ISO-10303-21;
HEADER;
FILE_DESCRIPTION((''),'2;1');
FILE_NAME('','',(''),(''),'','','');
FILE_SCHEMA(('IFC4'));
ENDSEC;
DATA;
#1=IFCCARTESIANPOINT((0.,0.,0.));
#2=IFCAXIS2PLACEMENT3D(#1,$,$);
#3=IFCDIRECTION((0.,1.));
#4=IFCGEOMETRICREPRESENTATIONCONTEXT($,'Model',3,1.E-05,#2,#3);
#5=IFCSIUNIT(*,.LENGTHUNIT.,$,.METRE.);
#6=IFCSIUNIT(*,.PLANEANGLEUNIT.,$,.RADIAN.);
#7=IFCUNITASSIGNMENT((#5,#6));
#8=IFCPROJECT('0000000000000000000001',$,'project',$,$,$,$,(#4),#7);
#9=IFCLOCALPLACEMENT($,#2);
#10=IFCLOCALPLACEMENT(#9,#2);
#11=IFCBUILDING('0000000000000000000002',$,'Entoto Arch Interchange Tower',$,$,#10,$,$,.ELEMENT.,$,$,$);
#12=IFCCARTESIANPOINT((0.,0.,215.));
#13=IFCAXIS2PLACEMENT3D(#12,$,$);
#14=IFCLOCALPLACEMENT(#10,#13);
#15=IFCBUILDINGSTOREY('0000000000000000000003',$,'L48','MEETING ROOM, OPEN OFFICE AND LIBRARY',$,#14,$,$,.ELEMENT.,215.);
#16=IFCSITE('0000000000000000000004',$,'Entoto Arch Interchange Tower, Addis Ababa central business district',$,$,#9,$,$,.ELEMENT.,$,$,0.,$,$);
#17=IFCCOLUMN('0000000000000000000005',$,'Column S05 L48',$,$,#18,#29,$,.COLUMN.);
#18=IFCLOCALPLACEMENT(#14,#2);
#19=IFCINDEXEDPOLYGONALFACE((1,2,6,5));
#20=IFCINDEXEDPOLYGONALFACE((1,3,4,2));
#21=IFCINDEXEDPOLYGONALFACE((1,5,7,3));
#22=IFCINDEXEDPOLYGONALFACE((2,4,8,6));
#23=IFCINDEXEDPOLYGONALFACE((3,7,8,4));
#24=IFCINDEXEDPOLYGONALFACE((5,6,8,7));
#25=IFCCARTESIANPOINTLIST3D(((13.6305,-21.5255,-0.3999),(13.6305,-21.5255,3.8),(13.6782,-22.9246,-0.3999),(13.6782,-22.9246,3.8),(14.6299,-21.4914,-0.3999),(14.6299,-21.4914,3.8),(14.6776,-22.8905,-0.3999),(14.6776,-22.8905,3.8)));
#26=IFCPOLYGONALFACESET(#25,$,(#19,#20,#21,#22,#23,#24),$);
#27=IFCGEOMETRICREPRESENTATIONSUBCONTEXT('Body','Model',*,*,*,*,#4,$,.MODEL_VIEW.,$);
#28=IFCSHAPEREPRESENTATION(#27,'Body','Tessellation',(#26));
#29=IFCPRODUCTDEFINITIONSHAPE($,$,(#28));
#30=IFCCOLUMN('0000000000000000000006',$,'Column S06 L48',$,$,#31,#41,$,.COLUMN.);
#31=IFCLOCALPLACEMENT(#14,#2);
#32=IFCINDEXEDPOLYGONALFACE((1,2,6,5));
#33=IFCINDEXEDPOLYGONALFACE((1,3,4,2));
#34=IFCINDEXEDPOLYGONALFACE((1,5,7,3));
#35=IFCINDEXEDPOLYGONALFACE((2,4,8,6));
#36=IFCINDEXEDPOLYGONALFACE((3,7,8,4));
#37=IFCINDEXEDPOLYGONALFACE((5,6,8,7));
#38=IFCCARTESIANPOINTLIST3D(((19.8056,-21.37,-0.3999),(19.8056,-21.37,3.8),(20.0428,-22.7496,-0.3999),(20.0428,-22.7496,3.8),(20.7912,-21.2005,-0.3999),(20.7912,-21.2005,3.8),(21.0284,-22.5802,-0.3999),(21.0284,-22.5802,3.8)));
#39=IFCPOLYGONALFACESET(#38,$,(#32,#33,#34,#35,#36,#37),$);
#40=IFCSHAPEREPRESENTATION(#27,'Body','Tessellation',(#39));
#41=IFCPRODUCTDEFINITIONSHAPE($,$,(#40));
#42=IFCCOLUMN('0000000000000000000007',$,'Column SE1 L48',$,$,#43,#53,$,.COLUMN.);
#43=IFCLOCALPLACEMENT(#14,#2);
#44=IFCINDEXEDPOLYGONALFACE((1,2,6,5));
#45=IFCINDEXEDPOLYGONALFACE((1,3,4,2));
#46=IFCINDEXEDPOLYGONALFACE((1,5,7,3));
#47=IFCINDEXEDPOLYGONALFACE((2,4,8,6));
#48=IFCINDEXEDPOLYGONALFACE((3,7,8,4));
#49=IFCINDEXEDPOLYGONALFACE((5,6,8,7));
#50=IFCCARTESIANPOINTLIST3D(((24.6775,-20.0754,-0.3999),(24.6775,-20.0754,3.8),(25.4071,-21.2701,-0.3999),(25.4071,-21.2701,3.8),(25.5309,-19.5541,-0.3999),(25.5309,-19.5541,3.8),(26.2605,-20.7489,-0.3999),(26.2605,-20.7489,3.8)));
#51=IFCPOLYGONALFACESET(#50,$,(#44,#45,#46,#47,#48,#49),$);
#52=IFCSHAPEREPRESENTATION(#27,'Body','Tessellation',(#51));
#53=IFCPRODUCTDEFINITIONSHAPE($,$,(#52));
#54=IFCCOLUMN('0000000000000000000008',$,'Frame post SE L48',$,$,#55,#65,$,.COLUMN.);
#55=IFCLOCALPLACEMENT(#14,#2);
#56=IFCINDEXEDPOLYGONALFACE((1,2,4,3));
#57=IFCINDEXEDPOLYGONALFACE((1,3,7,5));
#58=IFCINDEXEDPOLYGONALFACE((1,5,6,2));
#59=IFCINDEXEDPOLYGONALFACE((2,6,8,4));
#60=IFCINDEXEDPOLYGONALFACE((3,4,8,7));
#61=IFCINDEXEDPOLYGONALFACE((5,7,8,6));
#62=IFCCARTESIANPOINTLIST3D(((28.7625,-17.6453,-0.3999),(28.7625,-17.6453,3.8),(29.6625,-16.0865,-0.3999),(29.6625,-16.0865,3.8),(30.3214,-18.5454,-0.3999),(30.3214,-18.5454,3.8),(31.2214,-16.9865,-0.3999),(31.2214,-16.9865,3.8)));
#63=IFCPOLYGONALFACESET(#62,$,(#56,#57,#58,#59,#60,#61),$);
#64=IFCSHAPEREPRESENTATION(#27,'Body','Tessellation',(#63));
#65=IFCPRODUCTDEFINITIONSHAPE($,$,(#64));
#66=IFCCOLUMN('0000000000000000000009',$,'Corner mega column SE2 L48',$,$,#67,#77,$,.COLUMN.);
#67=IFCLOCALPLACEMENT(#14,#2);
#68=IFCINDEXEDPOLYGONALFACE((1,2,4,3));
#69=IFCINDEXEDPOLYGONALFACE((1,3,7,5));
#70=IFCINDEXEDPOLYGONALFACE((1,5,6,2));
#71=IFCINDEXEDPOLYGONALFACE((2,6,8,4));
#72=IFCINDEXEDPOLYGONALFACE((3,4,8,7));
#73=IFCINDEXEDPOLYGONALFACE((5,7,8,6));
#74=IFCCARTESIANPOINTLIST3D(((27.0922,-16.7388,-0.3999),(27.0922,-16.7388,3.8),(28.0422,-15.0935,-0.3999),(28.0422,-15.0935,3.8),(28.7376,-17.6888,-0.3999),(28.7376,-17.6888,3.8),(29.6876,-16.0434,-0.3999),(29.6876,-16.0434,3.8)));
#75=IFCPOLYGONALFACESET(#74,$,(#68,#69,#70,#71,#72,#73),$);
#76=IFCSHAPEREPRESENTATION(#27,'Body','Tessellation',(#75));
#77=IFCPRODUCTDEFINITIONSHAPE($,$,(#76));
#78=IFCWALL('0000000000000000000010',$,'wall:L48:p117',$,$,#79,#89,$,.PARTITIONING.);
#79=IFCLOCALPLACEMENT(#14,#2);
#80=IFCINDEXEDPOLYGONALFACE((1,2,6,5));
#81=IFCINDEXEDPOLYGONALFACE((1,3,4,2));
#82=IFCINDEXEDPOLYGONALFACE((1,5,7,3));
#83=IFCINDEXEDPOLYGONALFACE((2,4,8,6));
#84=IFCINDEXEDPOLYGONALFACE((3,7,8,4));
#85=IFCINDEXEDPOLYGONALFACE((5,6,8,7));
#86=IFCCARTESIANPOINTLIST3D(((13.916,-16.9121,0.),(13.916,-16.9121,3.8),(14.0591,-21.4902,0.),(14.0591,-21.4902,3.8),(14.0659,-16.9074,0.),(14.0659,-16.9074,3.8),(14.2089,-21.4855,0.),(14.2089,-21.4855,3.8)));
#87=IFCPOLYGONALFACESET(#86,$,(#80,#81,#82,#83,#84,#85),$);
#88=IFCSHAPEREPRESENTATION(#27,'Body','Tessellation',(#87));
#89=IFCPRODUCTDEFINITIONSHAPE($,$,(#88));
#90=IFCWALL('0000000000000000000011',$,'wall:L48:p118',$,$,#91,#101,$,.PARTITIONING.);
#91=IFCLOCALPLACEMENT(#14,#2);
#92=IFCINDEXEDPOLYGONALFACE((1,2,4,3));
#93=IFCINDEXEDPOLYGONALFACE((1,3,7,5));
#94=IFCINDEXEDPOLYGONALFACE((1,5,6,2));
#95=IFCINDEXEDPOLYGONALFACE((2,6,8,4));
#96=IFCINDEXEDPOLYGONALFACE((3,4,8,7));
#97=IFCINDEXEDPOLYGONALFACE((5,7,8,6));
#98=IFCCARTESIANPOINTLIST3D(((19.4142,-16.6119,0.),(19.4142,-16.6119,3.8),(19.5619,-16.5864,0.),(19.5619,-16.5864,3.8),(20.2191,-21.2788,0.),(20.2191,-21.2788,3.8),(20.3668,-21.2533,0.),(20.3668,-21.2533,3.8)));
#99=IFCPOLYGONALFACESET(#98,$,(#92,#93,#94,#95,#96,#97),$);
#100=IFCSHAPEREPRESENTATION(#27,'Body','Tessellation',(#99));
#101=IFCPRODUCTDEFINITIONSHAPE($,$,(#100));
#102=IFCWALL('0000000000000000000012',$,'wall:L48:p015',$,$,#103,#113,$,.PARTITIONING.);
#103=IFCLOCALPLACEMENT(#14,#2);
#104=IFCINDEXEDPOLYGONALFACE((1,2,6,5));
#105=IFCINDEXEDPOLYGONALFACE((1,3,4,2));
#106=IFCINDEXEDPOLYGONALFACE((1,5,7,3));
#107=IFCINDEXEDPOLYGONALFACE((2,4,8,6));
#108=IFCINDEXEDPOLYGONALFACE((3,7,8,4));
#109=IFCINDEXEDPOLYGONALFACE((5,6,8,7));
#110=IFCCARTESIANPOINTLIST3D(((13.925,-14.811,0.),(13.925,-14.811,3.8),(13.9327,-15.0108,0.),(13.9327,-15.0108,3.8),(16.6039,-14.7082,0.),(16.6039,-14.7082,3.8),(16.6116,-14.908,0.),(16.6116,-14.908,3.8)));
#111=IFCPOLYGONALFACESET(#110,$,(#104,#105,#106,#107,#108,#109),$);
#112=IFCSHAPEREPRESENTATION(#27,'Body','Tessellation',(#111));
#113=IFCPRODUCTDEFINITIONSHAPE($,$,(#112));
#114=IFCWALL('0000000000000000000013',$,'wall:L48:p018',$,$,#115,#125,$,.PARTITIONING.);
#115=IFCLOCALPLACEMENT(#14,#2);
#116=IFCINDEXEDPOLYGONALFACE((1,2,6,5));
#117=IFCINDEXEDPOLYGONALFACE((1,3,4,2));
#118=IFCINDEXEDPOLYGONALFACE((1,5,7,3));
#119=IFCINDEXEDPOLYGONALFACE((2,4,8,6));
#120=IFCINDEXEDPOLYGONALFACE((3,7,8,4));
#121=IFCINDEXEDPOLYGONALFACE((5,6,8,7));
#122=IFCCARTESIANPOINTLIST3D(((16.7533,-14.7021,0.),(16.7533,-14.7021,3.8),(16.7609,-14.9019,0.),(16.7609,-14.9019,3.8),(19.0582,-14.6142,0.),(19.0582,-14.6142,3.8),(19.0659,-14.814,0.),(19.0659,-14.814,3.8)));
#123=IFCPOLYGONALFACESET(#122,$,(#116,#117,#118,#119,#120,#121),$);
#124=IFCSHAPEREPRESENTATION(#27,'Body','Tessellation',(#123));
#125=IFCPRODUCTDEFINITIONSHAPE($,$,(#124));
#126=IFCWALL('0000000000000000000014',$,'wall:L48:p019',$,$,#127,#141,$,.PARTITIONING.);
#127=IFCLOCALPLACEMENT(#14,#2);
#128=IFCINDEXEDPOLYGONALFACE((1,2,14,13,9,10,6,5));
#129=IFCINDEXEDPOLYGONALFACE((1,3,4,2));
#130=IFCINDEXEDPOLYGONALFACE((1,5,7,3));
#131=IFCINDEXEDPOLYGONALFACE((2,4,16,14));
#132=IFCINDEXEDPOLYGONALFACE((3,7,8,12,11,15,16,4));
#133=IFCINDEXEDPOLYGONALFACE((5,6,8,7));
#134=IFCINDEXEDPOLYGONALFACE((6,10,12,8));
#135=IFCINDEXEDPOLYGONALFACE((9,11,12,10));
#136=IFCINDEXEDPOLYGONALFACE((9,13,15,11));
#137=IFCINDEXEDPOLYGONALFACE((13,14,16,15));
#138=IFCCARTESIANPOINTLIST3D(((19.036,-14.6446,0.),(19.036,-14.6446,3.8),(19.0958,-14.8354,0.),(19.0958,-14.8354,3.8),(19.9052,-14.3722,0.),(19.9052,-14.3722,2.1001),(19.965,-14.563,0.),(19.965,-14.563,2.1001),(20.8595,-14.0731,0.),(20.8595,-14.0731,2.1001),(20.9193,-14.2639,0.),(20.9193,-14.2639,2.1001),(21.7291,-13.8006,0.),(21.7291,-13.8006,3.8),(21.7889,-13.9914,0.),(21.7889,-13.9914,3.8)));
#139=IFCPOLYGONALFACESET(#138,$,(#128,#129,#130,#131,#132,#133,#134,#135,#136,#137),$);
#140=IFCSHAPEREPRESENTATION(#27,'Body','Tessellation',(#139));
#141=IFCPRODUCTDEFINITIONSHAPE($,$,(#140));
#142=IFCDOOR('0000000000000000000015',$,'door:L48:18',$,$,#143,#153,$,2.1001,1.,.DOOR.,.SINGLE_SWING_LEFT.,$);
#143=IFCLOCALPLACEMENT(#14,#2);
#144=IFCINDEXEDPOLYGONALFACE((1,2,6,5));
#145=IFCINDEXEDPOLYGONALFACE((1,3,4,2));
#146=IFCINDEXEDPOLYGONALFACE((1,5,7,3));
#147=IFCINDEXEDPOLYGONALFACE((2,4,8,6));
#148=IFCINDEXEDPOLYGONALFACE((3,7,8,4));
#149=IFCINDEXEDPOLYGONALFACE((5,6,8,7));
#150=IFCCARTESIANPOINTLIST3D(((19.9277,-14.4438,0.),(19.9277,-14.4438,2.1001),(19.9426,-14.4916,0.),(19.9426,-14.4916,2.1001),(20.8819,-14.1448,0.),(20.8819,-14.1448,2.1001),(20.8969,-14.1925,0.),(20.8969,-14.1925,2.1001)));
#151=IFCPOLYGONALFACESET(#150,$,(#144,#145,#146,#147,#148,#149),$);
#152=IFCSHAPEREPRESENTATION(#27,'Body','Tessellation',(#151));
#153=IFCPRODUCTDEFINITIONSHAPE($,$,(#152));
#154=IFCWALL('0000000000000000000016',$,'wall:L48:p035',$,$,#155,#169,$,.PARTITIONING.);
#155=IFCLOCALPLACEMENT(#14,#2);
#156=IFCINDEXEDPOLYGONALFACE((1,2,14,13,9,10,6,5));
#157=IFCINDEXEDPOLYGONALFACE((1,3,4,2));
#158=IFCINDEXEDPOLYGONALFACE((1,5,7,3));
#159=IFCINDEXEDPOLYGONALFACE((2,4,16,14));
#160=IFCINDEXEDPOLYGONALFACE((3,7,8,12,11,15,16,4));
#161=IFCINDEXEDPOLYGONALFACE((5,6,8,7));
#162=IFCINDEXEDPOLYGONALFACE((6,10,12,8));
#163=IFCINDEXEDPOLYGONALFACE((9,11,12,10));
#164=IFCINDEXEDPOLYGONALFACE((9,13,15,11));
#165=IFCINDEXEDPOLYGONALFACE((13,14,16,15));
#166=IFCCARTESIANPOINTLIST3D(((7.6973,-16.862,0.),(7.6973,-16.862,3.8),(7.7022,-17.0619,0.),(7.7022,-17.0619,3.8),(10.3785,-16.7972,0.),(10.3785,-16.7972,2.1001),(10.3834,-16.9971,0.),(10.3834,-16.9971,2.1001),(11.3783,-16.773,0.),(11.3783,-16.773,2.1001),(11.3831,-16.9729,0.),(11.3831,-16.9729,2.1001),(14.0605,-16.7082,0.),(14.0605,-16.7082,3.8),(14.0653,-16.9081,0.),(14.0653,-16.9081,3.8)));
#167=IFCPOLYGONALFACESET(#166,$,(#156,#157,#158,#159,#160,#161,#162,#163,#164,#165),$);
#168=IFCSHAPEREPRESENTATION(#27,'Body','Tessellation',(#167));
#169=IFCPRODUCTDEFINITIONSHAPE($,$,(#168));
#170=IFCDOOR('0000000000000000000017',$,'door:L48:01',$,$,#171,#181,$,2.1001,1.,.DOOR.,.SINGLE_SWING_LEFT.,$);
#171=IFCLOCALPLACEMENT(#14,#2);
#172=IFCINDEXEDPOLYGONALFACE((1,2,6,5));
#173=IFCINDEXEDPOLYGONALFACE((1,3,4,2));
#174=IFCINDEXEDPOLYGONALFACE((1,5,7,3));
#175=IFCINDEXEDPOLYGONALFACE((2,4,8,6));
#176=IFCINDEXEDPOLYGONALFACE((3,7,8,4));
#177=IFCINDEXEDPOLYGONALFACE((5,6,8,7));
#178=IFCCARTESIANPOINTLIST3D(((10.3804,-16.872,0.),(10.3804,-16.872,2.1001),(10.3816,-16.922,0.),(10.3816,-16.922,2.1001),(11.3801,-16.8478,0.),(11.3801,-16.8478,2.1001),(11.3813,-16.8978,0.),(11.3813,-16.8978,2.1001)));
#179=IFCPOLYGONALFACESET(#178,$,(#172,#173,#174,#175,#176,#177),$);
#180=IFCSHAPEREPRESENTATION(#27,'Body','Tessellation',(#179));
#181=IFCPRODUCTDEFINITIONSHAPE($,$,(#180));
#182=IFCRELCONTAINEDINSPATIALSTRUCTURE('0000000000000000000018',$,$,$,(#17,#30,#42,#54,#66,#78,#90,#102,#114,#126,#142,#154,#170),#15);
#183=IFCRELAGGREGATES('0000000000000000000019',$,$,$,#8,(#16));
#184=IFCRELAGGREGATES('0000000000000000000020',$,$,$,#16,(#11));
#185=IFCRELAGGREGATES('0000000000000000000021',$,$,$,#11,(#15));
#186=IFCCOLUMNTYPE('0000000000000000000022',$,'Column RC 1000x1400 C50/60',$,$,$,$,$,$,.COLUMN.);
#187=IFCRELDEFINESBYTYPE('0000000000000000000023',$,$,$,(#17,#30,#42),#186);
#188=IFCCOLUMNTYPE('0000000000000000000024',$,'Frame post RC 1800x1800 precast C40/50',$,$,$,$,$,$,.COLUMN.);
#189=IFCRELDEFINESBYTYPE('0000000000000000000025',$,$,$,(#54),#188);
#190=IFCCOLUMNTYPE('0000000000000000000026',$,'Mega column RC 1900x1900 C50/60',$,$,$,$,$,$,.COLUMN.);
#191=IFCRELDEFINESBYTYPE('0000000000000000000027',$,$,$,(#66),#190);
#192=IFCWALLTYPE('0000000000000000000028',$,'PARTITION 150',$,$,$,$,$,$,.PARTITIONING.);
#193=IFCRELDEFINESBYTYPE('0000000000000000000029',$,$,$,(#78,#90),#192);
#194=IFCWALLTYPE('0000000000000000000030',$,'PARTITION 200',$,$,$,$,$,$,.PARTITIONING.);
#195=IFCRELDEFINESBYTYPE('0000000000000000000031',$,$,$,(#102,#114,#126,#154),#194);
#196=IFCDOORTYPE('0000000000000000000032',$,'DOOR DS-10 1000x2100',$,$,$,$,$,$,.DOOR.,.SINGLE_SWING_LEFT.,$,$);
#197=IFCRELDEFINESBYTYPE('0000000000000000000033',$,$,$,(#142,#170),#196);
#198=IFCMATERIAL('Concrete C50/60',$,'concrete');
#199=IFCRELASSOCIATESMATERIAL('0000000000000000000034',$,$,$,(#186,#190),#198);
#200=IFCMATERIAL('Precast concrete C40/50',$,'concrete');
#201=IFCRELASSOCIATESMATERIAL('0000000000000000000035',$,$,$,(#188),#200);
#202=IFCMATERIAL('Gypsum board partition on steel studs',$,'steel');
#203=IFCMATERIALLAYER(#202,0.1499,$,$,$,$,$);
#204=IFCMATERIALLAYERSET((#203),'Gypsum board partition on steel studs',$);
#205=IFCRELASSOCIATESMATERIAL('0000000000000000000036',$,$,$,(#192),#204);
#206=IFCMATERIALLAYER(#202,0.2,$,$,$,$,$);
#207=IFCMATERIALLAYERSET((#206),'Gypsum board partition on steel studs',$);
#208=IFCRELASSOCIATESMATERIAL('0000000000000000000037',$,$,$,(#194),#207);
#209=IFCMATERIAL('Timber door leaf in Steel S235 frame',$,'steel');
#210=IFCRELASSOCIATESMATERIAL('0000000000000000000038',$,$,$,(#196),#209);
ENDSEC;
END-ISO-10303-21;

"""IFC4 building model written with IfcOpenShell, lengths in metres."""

from ifc_helpers import new_model, si_unit, direction, frame, frame_2d, origin, origin_2d, place, context, subcontext, project, spatial, rectangle, extrude, material, layer, layer_set, material_profile, profile_set, type_object, element, fill, save


model = new_model("IFC4")

# Units and contexts
model_context = context("Model", 3, precision=1e-05, world=origin(), true_north=direction((0.0, 1.0)))
body_context = subcontext(model_context, "Body", "Model", "MODEL_VIEW")
ifc_project = project(units=[si_unit("LENGTHUNIT", "METRE"), si_unit("PLANEANGLEUNIT", "RADIAN")], contexts=[model_context])

# Site, building, storey
site_placement = place(None, origin())
site = spatial("IfcSite", under=ifc_project, at=site_placement, Name="Entoto Arch Interchange Tower, Addis Ababa central business district", CompositionType="ELEMENT", RefElevation=0.0)
building_placement = place(site_placement, origin())
building = spatial("IfcBuilding", under=site, at=building_placement, Name="Entoto Arch Interchange Tower", CompositionType="ELEMENT")
storey_placement = place(building_placement, frame((0.0, 0.0, 215.0)))
storey = spatial("IfcBuildingStorey", under=building, at=storey_placement, Name="L48", Description="MEETING ROOM, OPEN OFFICE AND LIBRARY", CompositionType="ELEMENT", Elevation=215.0)

# Columns
ifc_material_1 = material(Name="Concrete C50/60", Category="concrete")
ifc_material_profile_1 = material_profile(ifc_material_1, rectangle(XDim=1.0, YDim=1.3999, at=origin_2d()))
ifc_profile_set_1 = profile_set([ifc_material_profile_1], Name="Concrete C50/60")
column_type_1 = type_object("IfcColumnType", Name="Column RC 1000x1400 C50/60", PredefinedType="COLUMN", material=ifc_profile_set_1)
for number, where, z_axis, x_axis, name in (
    (1, (14.1541, -22.208, -0.3999), (0.0, 0.0, 1.0), (0.999421, 0.034027, 0.0), "Column S05 L48"),
    (2, (20.417, -21.9751, -0.3999), (0.0, 0.0, 1.0), (0.985541, 0.169436, 0.0), "Column S06 L48"),
    (3, (25.469, -20.4121, -0.3999), (0.0, 0.0, 1.0), (0.853423, 0.521218, 0.0), "Column SE1 L48"),
):
    element("IfcColumn", number, at=place(storey_placement, frame(where, z_axis=z_axis, x_axis=x_axis)), inside=storey, type_object=column_type_1, Name=name, PredefinedType="COLUMN", context=body_context, shape_type="SweptSolid", body=[
        extrude(rectangle(XDim=1.0, YDim=1.3999, at=origin_2d()), origin(), (0.0, 0.0, 1.0), 4.2),
    ])
ifc_material_2 = material(Name="Precast concrete C40/50", Category="concrete")
ifc_material_profile_2 = material_profile(ifc_material_2, rectangle(XDim=1.8, YDim=1.8, at=origin_2d()))
ifc_profile_set_2 = profile_set([ifc_material_profile_2], Name="Precast concrete C40/50")
column_type_2 = type_object("IfcColumnType", Name="Frame post RC 1800x1800 precast C40/50", PredefinedType="COLUMN", material=ifc_profile_set_2)
column_1_placement = place(storey_placement, frame((29.9919, -17.3159, -0.3999), z_axis=(0.0, 0.0, 1.0), x_axis=(-0.866025, 0.5, 0.0)))
element("IfcColumn", 4, at=column_1_placement, inside=storey, type_object=column_type_2, Name="Frame post SE L48", PredefinedType="COLUMN", context=body_context, shape_type="SweptSolid", body=[
    extrude(rectangle(XDim=1.8, YDim=1.8, at=origin_2d()), origin(), (0.0, 0.0, 1.0), 4.2),
])
ifc_material_profile_3 = material_profile(ifc_material_1, rectangle(XDim=1.8999, YDim=1.8999, at=origin_2d()))
ifc_profile_set_3 = profile_set([ifc_material_profile_3], Name="Concrete C50/60")
column_type_3 = type_object("IfcColumnType", Name="Mega column RC 1900x1900 C50/60", PredefinedType="COLUMN", material=ifc_profile_set_3)
column_2_placement = place(storey_placement, frame((28.3899, -16.3911, -0.3999), z_axis=(0.0, 0.0, 1.0), x_axis=(-0.866025, 0.5, 0.0)))
element("IfcColumn", 5, at=column_2_placement, inside=storey, type_object=column_type_3, Name="Corner mega column SE2 L48", PredefinedType="COLUMN", context=body_context, shape_type="SweptSolid", body=[
    extrude(rectangle(XDim=1.8999, YDim=1.8999, at=origin_2d()), origin(), (0.0, 0.0, 1.0), 4.2),
])

# Walls
ifc_material_3 = material(Name="Gypsum board partition on steel studs", Category="steel")
ifc_layer_1 = layer(ifc_material_3, 0.1499)
ifc_layer_set_1 = layer_set([ifc_layer_1], Name="Gypsum board partition on steel studs")
wall_type_1 = type_object("IfcWallType", Name="PARTITION 150", PredefinedType="PARTITIONING", material=ifc_layer_set_1)
wall_1_placement = place(storey_placement, frame((13.991, -16.9099, 0.0), z_axis=(0.0, 0.0, 1.0), x_axis=(0.031235, -0.999512, 0.0)))
element("IfcWall", 6, at=wall_1_placement, inside=storey, type_object=wall_type_1, Name="wall:L48:p117", PredefinedType="PARTITIONING", context=body_context, shape_type="SweptSolid", body=[
    extrude(rectangle(XDim=4.5803, YDim=0.1499, at=frame_2d((2.29, 0.0))), origin(), (0.0, 0.0, 1.0), 3.8),
])
wall_2_placement = place(storey_placement, frame((19.488, -16.5991, 0.0), z_axis=(0.0, 0.0, 1.0), x_axis=(0.169964, -0.98545, 0.0)))
element("IfcWall", 7, at=wall_2_placement, inside=storey, type_object=wall_type_1, Name="wall:L48:p118", PredefinedType="PARTITIONING", context=body_context, shape_type="SweptSolid", body=[
    extrude(rectangle(XDim=4.7358, YDim=0.1499, at=frame_2d((2.3679, 0.0))), origin(), (0.0, 0.0, 1.0), 3.8),
])
ifc_layer_2 = layer(ifc_material_3, 0.2)
ifc_layer_set_2 = layer_set([ifc_layer_2], Name="Gypsum board partition on steel studs")
wall_type_2 = type_object("IfcWallType", Name="PARTITION 200", PredefinedType="PARTITIONING", material=ifc_layer_set_2)
wall_3_placement = place(storey_placement, frame((13.929, -14.9109, 0.0), z_axis=(0.0, 0.0, 1.0), x_axis=(0.999265, 0.038339, 0.0)))
element("IfcWall", 8, at=wall_3_placement, inside=storey, type_object=wall_type_2, Name="wall:L48:p015", PredefinedType="PARTITIONING", context=body_context, shape_type="SweptSolid", body=[
    extrude(rectangle(XDim=2.6809, YDim=0.2, at=frame_2d((1.3403, 0.0))), origin(), (0.0, 0.0, 1.0), 3.8),
])
wall_4_placement = place(storey_placement, frame((16.7571, -14.802, 0.0), z_axis=(0.0, 0.0, 1.0), x_axis=(0.999274, 0.038104, 0.0)))
element("IfcWall", 9, at=wall_4_placement, inside=storey, type_object=wall_type_2, Name="wall:L48:p018", PredefinedType="PARTITIONING", context=body_context, shape_type="SweptSolid", body=[
    extrude(rectangle(XDim=2.3066, YDim=0.2, at=frame_2d((1.1533, 0.0))), origin(), (0.0, 0.0, 1.0), 3.8),
])

# Walls, openings, doors
wall_5_placement = place(storey_placement, frame((19.0659, -14.74, 0.0), z_axis=(0.0, 0.0, 1.0), x_axis=(0.954238, 0.299048, 0.0)))
wall_5 = element("IfcWall", 10, at=wall_5_placement, inside=storey, type_object=wall_type_2, Name="wall:L48:p019", PredefinedType="PARTITIONING", context=body_context, shape_type="SweptSolid", body=[
    extrude(rectangle(XDim=2.8223, YDim=0.2, at=frame_2d((1.4111, 0.0))), origin(), (0.0, 0.0, 1.0), 3.8),
])
opening_1_placement = place(wall_5_placement, frame((0.9109, 0.0, 0.0)))
opening_1 = element("IfcOpeningElement", 11, at=opening_1_placement, cuts=wall_5, PredefinedType="OPENING", context=body_context, shape_type="SweptSolid", body=[
    extrude(rectangle(XDim=1.0, YDim=2.1001, at=frame_2d((0.5, 1.05))), frame((0.0, 0.1099, 0.0), z_axis=(0.0, -1.0, 0.0), x_axis=(1.0, 0.0, 0.0)), (0.0, 0.0, 1.0), 0.22),
])
ifc_material_4 = material(Name="Timber door leaf in Steel S235 frame", Category="steel")
door_type = type_object("IfcDoorType", Name="DOOR DS-10 1000x2100", OperationType="SINGLE_SWING_LEFT", PredefinedType="DOOR", material=ifc_material_4)
door_1_placement = place(opening_1_placement, origin())
door_1 = element("IfcDoor", 12, at=door_1_placement, inside=storey, type_object=door_type, Name="door:L48:18", OperationType="SINGLE_SWING_LEFT", OverallHeight=2.1001, OverallWidth=1.0, PredefinedType="DOOR", context=body_context, shape_type="SweptSolid", body=[
    extrude(rectangle(XDim=1.0, YDim=2.1001, at=frame_2d((0.5, 1.05))), frame((0.0, 0.0249, 0.0), z_axis=(0.0, -1.0, 0.0), x_axis=(1.0, 0.0, 0.0)), (0.0, 0.0, 1.0), 0.05),
])
fill(opening_1, door_1)
wall_6_placement = place(storey_placement, frame((14.063, -16.8081, 0.0), z_axis=(0.0, 0.0, 1.0), x_axis=(-0.999708, -0.024165, 0.0)))
wall_6 = element("IfcWall", 13, at=wall_6_placement, inside=storey, type_object=wall_type_2, Name="wall:L48:p035", PredefinedType="PARTITIONING", context=body_context, shape_type="SweptSolid", body=[
    extrude(rectangle(XDim=6.365, YDim=0.2, at=frame_2d((3.1826, 0.0))), origin(), (0.0, 0.0, 1.0), 3.8),
])
opening_2_placement = place(wall_6_placement, frame((2.6831, 0.0, 0.0)))
opening_2 = element("IfcOpeningElement", 14, at=opening_2_placement, cuts=wall_6, PredefinedType="OPENING", context=body_context, shape_type="SweptSolid", body=[
    extrude(rectangle(XDim=1.0, YDim=2.1001, at=frame_2d((0.5, 1.05))), frame((0.0, 0.1099, 0.0), z_axis=(0.0, -1.0, 0.0), x_axis=(1.0, 0.0, 0.0)), (0.0, 0.0, 1.0), 0.22),
])
door_2_placement = place(opening_2_placement, origin())
door_2 = element("IfcDoor", 15, at=door_2_placement, inside=storey, type_object=door_type, Name="door:L48:01", OperationType="SINGLE_SWING_LEFT", OverallHeight=2.1001, OverallWidth=1.0, PredefinedType="DOOR", context=body_context, shape_type="SweptSolid", body=[
    extrude(rectangle(XDim=1.0, YDim=2.1001, at=frame_2d((0.5, 1.05))), frame((0.0, 0.0249, 0.0), z_axis=(0.0, -1.0, 0.0), x_axis=(1.0, 0.0, 0.0)), (0.0, 0.0, 1.0), 0.05),
])
fill(opening_2, door_2)

save(model, "model.ifc")
